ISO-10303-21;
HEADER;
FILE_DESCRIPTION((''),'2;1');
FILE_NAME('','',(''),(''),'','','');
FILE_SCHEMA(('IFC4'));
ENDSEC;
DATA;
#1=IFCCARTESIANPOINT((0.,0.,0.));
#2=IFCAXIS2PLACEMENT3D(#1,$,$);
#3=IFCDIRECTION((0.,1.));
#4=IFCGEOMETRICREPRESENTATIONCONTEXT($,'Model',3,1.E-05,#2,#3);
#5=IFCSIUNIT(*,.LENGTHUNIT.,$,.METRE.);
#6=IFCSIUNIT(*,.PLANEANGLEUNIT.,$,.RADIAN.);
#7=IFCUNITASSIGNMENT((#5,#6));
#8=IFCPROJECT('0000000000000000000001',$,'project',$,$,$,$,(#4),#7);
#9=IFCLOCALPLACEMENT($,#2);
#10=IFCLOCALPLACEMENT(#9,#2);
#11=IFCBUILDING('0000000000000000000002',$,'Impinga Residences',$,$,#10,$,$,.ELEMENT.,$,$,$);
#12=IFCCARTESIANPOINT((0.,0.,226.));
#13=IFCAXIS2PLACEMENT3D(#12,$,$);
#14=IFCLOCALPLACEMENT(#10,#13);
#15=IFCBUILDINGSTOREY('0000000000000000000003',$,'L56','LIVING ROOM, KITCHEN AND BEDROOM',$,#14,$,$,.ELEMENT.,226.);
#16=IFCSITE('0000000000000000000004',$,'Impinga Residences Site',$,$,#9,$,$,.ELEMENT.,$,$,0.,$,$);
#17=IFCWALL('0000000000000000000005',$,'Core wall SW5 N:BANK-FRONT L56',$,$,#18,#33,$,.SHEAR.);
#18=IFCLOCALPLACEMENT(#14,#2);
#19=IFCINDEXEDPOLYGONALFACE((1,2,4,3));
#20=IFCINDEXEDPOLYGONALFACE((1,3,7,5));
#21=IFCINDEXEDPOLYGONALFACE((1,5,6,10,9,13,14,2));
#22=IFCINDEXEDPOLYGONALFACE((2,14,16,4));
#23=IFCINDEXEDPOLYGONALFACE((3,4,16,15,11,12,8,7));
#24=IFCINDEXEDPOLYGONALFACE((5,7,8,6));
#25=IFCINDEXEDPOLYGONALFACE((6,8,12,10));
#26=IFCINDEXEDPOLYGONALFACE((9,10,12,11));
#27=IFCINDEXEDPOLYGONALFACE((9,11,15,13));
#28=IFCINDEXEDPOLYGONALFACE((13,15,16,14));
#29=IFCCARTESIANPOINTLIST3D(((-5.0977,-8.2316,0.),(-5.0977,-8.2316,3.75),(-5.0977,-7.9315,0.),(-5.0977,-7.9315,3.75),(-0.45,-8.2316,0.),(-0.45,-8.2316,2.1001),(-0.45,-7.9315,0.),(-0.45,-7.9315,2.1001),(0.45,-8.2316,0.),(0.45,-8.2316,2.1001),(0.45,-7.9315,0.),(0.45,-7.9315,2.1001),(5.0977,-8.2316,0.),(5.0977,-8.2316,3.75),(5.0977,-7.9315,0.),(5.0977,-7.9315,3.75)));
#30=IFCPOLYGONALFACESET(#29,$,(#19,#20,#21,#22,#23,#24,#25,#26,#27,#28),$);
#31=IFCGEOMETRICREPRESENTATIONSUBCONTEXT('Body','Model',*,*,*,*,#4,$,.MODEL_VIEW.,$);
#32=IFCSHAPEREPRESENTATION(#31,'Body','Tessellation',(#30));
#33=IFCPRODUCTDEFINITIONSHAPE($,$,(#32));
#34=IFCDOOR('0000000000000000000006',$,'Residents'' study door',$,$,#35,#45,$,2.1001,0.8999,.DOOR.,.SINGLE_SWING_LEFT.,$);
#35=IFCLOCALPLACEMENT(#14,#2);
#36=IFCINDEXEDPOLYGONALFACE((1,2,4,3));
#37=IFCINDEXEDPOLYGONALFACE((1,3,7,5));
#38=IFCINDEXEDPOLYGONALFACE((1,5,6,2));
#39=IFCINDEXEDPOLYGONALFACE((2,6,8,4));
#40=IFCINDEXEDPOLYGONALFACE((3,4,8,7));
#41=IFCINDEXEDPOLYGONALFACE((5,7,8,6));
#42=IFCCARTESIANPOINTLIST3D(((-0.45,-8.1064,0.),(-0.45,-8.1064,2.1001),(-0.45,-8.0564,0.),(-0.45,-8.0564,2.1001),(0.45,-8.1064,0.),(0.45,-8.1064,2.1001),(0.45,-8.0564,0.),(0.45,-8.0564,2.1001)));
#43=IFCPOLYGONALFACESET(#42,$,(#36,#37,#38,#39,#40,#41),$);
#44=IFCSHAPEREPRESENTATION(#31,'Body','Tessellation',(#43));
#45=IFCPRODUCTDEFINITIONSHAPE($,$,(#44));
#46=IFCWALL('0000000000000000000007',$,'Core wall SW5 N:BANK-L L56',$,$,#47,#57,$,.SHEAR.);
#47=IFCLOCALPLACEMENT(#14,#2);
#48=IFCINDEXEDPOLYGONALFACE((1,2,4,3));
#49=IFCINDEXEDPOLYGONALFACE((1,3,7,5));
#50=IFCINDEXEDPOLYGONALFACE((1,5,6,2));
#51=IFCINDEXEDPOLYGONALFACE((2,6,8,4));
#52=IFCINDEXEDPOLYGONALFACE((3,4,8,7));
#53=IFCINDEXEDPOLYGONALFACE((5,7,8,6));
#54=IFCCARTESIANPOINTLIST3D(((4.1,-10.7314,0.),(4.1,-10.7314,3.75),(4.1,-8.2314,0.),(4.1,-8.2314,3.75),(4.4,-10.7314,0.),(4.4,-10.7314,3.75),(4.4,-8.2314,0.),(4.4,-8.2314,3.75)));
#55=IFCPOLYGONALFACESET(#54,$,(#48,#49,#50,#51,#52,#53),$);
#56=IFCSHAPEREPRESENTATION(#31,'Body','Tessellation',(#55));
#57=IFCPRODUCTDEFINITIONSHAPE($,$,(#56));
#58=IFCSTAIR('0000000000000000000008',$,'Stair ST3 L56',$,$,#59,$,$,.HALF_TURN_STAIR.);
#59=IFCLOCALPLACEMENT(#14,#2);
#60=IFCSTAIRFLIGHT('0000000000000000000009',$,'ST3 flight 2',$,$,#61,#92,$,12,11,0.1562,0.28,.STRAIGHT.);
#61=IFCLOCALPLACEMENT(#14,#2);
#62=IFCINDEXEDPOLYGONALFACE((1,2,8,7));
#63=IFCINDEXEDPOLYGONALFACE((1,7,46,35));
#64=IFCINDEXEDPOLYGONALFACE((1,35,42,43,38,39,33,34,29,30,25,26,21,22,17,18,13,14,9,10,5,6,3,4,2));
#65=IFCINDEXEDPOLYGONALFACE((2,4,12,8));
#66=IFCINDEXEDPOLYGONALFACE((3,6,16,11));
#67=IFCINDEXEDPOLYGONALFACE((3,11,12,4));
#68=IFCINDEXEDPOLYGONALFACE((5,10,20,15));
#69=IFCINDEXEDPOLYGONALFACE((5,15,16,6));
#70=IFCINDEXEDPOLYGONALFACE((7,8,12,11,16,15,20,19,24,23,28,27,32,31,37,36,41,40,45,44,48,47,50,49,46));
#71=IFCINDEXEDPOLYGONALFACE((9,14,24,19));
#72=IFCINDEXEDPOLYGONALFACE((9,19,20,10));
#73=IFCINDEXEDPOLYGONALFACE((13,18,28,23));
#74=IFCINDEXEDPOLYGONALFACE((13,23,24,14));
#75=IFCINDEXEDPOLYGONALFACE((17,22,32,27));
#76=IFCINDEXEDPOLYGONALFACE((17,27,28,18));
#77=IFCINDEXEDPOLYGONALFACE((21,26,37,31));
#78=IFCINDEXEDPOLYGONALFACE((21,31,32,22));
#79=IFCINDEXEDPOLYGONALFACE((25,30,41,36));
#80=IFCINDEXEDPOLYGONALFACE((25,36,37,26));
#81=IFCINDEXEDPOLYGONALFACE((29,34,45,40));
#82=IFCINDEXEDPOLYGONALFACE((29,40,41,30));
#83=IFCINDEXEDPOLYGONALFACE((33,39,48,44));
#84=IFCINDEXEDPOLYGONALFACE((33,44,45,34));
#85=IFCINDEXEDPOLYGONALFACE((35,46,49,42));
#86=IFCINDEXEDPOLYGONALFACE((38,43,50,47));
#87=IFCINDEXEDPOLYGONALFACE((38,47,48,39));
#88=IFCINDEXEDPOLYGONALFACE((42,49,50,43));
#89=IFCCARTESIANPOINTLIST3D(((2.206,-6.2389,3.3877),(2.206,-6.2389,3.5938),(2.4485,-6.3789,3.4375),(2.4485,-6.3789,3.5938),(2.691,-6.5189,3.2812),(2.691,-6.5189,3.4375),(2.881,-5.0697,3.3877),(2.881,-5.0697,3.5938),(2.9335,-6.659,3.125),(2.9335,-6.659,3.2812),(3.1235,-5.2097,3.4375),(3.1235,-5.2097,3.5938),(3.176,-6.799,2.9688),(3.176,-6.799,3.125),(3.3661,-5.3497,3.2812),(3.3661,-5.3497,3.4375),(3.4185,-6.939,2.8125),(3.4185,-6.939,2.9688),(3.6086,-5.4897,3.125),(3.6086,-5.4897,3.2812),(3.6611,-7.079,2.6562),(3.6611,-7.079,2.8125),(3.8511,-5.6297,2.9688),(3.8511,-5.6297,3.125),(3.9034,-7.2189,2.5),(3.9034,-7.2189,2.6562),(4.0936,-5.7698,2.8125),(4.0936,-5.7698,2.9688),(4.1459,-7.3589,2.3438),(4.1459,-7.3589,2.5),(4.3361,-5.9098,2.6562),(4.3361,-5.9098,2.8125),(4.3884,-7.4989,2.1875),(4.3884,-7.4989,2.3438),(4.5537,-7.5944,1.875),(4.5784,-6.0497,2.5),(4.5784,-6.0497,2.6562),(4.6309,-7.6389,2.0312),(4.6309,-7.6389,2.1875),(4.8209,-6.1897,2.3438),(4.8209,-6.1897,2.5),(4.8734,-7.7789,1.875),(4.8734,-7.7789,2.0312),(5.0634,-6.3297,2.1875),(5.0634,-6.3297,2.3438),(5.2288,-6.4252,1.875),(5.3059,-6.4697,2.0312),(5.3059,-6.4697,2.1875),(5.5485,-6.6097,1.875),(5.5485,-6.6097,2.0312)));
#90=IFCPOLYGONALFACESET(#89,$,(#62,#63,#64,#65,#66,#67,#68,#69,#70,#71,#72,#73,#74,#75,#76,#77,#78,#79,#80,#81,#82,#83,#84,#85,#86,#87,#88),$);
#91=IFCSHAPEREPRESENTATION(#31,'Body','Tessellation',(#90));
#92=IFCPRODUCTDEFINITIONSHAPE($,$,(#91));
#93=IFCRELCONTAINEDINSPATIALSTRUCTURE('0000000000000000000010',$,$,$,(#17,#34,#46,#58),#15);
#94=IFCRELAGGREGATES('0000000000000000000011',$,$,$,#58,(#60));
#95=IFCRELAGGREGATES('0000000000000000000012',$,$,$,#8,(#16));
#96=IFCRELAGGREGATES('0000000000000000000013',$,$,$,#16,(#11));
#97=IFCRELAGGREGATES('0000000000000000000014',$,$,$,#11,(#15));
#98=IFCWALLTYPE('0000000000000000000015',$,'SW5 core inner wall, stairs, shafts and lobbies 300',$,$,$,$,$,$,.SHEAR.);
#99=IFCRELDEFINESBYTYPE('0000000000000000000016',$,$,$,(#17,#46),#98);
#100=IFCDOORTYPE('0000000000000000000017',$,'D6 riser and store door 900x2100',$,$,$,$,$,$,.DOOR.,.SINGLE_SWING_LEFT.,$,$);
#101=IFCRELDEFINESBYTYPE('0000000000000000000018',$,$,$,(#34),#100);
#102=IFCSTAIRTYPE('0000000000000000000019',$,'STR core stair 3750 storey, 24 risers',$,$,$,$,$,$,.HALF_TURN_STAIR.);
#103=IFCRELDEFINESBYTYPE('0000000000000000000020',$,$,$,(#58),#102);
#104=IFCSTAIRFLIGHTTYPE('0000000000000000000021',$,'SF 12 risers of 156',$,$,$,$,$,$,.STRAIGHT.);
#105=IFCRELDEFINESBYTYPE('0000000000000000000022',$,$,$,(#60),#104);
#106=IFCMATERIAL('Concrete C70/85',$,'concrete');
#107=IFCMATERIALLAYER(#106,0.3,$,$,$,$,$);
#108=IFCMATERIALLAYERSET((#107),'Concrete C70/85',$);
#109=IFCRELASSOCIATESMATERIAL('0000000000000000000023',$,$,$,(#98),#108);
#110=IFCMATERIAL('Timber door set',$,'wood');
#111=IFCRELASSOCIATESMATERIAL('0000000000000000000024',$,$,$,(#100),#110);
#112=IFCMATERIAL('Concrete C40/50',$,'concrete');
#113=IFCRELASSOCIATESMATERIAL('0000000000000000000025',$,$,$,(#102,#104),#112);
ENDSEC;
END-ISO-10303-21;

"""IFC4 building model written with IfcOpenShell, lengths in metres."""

from ifc_helpers import new_model, si_unit, direction, frame, frame_2d, origin, place, context, subcontext, project, spatial, polyline, rectangle, outline, extrude, material, layer, layer_set, type_object, element, fill, aggregate, save


model = new_model("IFC4")

# Units and contexts
model_context = context("Model", 3, precision=1e-05, world=origin(), true_north=direction((0.0, 1.0)))
body_context = subcontext(model_context, "Body", "Model", "MODEL_VIEW")
ifc_project = project(units=[si_unit("LENGTHUNIT", "METRE"), si_unit("PLANEANGLEUNIT", "RADIAN")], contexts=[model_context])

# Site, building, storey
site_placement = place(None, origin())
site = spatial("IfcSite", under=ifc_project, at=site_placement, Name="Impinga Residences Site", CompositionType="ELEMENT", RefElevation=0.0)
building_placement = place(site_placement, origin())
building = spatial("IfcBuilding", under=site, at=building_placement, Name="Impinga Residences", CompositionType="ELEMENT")
storey_placement = place(building_placement, frame((0.0, 0.0, 226.0)))
storey = spatial("IfcBuildingStorey", under=building, at=storey_placement, Name="L56", Description="LIVING ROOM, KITCHEN AND BEDROOM", CompositionType="ELEMENT", Elevation=226.0)

# Shared definitions
ifc_material_1 = material(Name="Timber door set", Category="wood")

# Wall, opening, door
ifc_material_2 = material(Name="Concrete C70/85", Category="concrete")
ifc_layer_1 = layer(ifc_material_2, 0.3)
ifc_layer_set_1 = layer_set([ifc_layer_1], Name="Concrete C70/85")
wall_type_1 = type_object("IfcWallType", Name="SW5 core inner wall, stairs, shafts and lobbies 300", PredefinedType="SHEAR", material=ifc_layer_set_1)
wall_1_placement = place(storey_placement, frame((5.0977, -8.0815, 0.0), z_axis=(0.0, 0.0, 1.0), x_axis=(-1.0, 0.0, 0.0)))
wall_1 = element("IfcWall", 1, at=wall_1_placement, inside=storey, type_object=wall_type_1, Name="Core wall SW5 N:BANK-FRONT L56", PredefinedType="SHEAR", context=body_context, shape_type="SweptSolid", body=[
    extrude(rectangle(XDim=10.1953, YDim=0.3, at=frame_2d((5.0977, 0.0))), origin(), (0.0, 0.0, 1.0), 3.75),
])
opening_1_placement = place(wall_1_placement, frame((4.6477, 0.0, 0.0)))
opening_1 = element("IfcOpeningElement", 2, at=opening_1_placement, cuts=wall_1, PredefinedType="OPENING", context=body_context, shape_type="SweptSolid", body=[
    extrude(rectangle(XDim=0.8999, YDim=2.1001, at=frame_2d((0.45, 1.05))), frame((0.0, 0.1599, 0.0), z_axis=(0.0, -1.0, 0.0), x_axis=(1.0, 0.0, 0.0)), (0.0, 0.0, 1.0), 0.3201),
])
door_type_1 = type_object("IfcDoorType", Name="D6 riser and store door 900x2100", OperationType="SINGLE_SWING_LEFT", PredefinedType="DOOR", material=ifc_material_1)
door_1_placement = place(opening_1_placement, origin())
door_1 = element("IfcDoor", 3, at=door_1_placement, inside=storey, type_object=door_type_1, Name="Residents' study door", OperationType="SINGLE_SWING_LEFT", OverallHeight=2.1001, OverallWidth=0.8999, PredefinedType="DOOR", context=body_context, shape_type="SweptSolid", body=[
    extrude(rectangle(XDim=0.8999, YDim=2.1001, at=frame_2d((0.45, 1.05))), frame((0.0, 0.0249, 0.0), z_axis=(0.0, -1.0, 0.0), x_axis=(1.0, 0.0, 0.0)), (0.0, 0.0, 1.0), 0.05),
])
fill(opening_1, door_1)

# Wall
wall_2_placement = place(storey_placement, frame((4.25, -8.2314, 0.0), z_axis=(0.0, 0.0, 1.0), x_axis=(0.0, -1.0, 0.0)))
element("IfcWall", 4, at=wall_2_placement, inside=storey, type_object=wall_type_1, Name="Core wall SW5 N:BANK-L L56", PredefinedType="SHEAR", context=body_context, shape_type="SweptSolid", body=[
    extrude(rectangle(XDim=2.5, YDim=0.3, at=frame_2d((1.25, 0.0))), origin(), (0.0, 0.0, 1.0), 3.75),
])

# Stair, stair flight
ifc_material_3 = material(Name="Concrete C40/50", Category="concrete")
stair_type = type_object("IfcStairType", Name="STR core stair 3750 storey, 24 risers", PredefinedType="HALF_TURN_STAIR", material=ifc_material_3)
stair_placement = place(storey_placement, origin())
stair = element("IfcStair", 5, at=stair_placement, inside=storey, type_object=stair_type, Name="Stair ST3 L56", PredefinedType="HALF_TURN_STAIR")
stair_flight_type = type_object("IfcStairFlightType", Name="SF 12 risers of 156", PredefinedType="STRAIGHT", material=ifc_material_3)
stair_flight_placement = place(storey_placement, frame((5.2109, -7.1943, 1.875), z_axis=(0.0, 0.0, 1.0), x_axis=(-0.866025, 0.5, 0.0)))
stair_flight = element("IfcStairFlight", 6, at=stair_flight_placement, type_object=stair_flight_type, Name="ST3 flight 2", NumberOfRisers=12, NumberOfTreads=11, PredefinedType="STRAIGHT", RiserHeight=0.1562, TreadLength=0.28, context=body_context, shape_type="SweptSolid", body=[
    extrude(outline(polyline([(0.0, 0.0), (0.0, 0.1562), (0.28, 0.1562), (0.28, 0.3125), (0.5601, 0.3125), (0.5601, 0.4688), (0.8401, 0.4688), (0.8401, 0.625), (1.1201, 0.625), (1.1201, 0.7812), (1.3999, 0.7812), (1.3999, 0.9375), (1.6799, 0.9375), (1.6799, 1.0938), (1.96, 1.0938), (1.96, 1.25), (2.24, 1.25), (2.24, 1.4062), (2.52, 1.4062), (2.52, 1.5625), (2.8, 1.5625), (2.8, 1.7188), (3.0801, 1.7188), (3.0801, 1.875), (3.0801, 1.5127), (0.3691, 0.0), (0.0, 0.0)])), frame((0.0, 0.675, 0.0), z_axis=(0.0, -1.0, 0.0), x_axis=(1.0, 0.0, 0.0)), (0.0, 0.0, 1.0), 1.3501),
])
aggregate(stair, [stair_flight])

save(model, "model.ifc")
